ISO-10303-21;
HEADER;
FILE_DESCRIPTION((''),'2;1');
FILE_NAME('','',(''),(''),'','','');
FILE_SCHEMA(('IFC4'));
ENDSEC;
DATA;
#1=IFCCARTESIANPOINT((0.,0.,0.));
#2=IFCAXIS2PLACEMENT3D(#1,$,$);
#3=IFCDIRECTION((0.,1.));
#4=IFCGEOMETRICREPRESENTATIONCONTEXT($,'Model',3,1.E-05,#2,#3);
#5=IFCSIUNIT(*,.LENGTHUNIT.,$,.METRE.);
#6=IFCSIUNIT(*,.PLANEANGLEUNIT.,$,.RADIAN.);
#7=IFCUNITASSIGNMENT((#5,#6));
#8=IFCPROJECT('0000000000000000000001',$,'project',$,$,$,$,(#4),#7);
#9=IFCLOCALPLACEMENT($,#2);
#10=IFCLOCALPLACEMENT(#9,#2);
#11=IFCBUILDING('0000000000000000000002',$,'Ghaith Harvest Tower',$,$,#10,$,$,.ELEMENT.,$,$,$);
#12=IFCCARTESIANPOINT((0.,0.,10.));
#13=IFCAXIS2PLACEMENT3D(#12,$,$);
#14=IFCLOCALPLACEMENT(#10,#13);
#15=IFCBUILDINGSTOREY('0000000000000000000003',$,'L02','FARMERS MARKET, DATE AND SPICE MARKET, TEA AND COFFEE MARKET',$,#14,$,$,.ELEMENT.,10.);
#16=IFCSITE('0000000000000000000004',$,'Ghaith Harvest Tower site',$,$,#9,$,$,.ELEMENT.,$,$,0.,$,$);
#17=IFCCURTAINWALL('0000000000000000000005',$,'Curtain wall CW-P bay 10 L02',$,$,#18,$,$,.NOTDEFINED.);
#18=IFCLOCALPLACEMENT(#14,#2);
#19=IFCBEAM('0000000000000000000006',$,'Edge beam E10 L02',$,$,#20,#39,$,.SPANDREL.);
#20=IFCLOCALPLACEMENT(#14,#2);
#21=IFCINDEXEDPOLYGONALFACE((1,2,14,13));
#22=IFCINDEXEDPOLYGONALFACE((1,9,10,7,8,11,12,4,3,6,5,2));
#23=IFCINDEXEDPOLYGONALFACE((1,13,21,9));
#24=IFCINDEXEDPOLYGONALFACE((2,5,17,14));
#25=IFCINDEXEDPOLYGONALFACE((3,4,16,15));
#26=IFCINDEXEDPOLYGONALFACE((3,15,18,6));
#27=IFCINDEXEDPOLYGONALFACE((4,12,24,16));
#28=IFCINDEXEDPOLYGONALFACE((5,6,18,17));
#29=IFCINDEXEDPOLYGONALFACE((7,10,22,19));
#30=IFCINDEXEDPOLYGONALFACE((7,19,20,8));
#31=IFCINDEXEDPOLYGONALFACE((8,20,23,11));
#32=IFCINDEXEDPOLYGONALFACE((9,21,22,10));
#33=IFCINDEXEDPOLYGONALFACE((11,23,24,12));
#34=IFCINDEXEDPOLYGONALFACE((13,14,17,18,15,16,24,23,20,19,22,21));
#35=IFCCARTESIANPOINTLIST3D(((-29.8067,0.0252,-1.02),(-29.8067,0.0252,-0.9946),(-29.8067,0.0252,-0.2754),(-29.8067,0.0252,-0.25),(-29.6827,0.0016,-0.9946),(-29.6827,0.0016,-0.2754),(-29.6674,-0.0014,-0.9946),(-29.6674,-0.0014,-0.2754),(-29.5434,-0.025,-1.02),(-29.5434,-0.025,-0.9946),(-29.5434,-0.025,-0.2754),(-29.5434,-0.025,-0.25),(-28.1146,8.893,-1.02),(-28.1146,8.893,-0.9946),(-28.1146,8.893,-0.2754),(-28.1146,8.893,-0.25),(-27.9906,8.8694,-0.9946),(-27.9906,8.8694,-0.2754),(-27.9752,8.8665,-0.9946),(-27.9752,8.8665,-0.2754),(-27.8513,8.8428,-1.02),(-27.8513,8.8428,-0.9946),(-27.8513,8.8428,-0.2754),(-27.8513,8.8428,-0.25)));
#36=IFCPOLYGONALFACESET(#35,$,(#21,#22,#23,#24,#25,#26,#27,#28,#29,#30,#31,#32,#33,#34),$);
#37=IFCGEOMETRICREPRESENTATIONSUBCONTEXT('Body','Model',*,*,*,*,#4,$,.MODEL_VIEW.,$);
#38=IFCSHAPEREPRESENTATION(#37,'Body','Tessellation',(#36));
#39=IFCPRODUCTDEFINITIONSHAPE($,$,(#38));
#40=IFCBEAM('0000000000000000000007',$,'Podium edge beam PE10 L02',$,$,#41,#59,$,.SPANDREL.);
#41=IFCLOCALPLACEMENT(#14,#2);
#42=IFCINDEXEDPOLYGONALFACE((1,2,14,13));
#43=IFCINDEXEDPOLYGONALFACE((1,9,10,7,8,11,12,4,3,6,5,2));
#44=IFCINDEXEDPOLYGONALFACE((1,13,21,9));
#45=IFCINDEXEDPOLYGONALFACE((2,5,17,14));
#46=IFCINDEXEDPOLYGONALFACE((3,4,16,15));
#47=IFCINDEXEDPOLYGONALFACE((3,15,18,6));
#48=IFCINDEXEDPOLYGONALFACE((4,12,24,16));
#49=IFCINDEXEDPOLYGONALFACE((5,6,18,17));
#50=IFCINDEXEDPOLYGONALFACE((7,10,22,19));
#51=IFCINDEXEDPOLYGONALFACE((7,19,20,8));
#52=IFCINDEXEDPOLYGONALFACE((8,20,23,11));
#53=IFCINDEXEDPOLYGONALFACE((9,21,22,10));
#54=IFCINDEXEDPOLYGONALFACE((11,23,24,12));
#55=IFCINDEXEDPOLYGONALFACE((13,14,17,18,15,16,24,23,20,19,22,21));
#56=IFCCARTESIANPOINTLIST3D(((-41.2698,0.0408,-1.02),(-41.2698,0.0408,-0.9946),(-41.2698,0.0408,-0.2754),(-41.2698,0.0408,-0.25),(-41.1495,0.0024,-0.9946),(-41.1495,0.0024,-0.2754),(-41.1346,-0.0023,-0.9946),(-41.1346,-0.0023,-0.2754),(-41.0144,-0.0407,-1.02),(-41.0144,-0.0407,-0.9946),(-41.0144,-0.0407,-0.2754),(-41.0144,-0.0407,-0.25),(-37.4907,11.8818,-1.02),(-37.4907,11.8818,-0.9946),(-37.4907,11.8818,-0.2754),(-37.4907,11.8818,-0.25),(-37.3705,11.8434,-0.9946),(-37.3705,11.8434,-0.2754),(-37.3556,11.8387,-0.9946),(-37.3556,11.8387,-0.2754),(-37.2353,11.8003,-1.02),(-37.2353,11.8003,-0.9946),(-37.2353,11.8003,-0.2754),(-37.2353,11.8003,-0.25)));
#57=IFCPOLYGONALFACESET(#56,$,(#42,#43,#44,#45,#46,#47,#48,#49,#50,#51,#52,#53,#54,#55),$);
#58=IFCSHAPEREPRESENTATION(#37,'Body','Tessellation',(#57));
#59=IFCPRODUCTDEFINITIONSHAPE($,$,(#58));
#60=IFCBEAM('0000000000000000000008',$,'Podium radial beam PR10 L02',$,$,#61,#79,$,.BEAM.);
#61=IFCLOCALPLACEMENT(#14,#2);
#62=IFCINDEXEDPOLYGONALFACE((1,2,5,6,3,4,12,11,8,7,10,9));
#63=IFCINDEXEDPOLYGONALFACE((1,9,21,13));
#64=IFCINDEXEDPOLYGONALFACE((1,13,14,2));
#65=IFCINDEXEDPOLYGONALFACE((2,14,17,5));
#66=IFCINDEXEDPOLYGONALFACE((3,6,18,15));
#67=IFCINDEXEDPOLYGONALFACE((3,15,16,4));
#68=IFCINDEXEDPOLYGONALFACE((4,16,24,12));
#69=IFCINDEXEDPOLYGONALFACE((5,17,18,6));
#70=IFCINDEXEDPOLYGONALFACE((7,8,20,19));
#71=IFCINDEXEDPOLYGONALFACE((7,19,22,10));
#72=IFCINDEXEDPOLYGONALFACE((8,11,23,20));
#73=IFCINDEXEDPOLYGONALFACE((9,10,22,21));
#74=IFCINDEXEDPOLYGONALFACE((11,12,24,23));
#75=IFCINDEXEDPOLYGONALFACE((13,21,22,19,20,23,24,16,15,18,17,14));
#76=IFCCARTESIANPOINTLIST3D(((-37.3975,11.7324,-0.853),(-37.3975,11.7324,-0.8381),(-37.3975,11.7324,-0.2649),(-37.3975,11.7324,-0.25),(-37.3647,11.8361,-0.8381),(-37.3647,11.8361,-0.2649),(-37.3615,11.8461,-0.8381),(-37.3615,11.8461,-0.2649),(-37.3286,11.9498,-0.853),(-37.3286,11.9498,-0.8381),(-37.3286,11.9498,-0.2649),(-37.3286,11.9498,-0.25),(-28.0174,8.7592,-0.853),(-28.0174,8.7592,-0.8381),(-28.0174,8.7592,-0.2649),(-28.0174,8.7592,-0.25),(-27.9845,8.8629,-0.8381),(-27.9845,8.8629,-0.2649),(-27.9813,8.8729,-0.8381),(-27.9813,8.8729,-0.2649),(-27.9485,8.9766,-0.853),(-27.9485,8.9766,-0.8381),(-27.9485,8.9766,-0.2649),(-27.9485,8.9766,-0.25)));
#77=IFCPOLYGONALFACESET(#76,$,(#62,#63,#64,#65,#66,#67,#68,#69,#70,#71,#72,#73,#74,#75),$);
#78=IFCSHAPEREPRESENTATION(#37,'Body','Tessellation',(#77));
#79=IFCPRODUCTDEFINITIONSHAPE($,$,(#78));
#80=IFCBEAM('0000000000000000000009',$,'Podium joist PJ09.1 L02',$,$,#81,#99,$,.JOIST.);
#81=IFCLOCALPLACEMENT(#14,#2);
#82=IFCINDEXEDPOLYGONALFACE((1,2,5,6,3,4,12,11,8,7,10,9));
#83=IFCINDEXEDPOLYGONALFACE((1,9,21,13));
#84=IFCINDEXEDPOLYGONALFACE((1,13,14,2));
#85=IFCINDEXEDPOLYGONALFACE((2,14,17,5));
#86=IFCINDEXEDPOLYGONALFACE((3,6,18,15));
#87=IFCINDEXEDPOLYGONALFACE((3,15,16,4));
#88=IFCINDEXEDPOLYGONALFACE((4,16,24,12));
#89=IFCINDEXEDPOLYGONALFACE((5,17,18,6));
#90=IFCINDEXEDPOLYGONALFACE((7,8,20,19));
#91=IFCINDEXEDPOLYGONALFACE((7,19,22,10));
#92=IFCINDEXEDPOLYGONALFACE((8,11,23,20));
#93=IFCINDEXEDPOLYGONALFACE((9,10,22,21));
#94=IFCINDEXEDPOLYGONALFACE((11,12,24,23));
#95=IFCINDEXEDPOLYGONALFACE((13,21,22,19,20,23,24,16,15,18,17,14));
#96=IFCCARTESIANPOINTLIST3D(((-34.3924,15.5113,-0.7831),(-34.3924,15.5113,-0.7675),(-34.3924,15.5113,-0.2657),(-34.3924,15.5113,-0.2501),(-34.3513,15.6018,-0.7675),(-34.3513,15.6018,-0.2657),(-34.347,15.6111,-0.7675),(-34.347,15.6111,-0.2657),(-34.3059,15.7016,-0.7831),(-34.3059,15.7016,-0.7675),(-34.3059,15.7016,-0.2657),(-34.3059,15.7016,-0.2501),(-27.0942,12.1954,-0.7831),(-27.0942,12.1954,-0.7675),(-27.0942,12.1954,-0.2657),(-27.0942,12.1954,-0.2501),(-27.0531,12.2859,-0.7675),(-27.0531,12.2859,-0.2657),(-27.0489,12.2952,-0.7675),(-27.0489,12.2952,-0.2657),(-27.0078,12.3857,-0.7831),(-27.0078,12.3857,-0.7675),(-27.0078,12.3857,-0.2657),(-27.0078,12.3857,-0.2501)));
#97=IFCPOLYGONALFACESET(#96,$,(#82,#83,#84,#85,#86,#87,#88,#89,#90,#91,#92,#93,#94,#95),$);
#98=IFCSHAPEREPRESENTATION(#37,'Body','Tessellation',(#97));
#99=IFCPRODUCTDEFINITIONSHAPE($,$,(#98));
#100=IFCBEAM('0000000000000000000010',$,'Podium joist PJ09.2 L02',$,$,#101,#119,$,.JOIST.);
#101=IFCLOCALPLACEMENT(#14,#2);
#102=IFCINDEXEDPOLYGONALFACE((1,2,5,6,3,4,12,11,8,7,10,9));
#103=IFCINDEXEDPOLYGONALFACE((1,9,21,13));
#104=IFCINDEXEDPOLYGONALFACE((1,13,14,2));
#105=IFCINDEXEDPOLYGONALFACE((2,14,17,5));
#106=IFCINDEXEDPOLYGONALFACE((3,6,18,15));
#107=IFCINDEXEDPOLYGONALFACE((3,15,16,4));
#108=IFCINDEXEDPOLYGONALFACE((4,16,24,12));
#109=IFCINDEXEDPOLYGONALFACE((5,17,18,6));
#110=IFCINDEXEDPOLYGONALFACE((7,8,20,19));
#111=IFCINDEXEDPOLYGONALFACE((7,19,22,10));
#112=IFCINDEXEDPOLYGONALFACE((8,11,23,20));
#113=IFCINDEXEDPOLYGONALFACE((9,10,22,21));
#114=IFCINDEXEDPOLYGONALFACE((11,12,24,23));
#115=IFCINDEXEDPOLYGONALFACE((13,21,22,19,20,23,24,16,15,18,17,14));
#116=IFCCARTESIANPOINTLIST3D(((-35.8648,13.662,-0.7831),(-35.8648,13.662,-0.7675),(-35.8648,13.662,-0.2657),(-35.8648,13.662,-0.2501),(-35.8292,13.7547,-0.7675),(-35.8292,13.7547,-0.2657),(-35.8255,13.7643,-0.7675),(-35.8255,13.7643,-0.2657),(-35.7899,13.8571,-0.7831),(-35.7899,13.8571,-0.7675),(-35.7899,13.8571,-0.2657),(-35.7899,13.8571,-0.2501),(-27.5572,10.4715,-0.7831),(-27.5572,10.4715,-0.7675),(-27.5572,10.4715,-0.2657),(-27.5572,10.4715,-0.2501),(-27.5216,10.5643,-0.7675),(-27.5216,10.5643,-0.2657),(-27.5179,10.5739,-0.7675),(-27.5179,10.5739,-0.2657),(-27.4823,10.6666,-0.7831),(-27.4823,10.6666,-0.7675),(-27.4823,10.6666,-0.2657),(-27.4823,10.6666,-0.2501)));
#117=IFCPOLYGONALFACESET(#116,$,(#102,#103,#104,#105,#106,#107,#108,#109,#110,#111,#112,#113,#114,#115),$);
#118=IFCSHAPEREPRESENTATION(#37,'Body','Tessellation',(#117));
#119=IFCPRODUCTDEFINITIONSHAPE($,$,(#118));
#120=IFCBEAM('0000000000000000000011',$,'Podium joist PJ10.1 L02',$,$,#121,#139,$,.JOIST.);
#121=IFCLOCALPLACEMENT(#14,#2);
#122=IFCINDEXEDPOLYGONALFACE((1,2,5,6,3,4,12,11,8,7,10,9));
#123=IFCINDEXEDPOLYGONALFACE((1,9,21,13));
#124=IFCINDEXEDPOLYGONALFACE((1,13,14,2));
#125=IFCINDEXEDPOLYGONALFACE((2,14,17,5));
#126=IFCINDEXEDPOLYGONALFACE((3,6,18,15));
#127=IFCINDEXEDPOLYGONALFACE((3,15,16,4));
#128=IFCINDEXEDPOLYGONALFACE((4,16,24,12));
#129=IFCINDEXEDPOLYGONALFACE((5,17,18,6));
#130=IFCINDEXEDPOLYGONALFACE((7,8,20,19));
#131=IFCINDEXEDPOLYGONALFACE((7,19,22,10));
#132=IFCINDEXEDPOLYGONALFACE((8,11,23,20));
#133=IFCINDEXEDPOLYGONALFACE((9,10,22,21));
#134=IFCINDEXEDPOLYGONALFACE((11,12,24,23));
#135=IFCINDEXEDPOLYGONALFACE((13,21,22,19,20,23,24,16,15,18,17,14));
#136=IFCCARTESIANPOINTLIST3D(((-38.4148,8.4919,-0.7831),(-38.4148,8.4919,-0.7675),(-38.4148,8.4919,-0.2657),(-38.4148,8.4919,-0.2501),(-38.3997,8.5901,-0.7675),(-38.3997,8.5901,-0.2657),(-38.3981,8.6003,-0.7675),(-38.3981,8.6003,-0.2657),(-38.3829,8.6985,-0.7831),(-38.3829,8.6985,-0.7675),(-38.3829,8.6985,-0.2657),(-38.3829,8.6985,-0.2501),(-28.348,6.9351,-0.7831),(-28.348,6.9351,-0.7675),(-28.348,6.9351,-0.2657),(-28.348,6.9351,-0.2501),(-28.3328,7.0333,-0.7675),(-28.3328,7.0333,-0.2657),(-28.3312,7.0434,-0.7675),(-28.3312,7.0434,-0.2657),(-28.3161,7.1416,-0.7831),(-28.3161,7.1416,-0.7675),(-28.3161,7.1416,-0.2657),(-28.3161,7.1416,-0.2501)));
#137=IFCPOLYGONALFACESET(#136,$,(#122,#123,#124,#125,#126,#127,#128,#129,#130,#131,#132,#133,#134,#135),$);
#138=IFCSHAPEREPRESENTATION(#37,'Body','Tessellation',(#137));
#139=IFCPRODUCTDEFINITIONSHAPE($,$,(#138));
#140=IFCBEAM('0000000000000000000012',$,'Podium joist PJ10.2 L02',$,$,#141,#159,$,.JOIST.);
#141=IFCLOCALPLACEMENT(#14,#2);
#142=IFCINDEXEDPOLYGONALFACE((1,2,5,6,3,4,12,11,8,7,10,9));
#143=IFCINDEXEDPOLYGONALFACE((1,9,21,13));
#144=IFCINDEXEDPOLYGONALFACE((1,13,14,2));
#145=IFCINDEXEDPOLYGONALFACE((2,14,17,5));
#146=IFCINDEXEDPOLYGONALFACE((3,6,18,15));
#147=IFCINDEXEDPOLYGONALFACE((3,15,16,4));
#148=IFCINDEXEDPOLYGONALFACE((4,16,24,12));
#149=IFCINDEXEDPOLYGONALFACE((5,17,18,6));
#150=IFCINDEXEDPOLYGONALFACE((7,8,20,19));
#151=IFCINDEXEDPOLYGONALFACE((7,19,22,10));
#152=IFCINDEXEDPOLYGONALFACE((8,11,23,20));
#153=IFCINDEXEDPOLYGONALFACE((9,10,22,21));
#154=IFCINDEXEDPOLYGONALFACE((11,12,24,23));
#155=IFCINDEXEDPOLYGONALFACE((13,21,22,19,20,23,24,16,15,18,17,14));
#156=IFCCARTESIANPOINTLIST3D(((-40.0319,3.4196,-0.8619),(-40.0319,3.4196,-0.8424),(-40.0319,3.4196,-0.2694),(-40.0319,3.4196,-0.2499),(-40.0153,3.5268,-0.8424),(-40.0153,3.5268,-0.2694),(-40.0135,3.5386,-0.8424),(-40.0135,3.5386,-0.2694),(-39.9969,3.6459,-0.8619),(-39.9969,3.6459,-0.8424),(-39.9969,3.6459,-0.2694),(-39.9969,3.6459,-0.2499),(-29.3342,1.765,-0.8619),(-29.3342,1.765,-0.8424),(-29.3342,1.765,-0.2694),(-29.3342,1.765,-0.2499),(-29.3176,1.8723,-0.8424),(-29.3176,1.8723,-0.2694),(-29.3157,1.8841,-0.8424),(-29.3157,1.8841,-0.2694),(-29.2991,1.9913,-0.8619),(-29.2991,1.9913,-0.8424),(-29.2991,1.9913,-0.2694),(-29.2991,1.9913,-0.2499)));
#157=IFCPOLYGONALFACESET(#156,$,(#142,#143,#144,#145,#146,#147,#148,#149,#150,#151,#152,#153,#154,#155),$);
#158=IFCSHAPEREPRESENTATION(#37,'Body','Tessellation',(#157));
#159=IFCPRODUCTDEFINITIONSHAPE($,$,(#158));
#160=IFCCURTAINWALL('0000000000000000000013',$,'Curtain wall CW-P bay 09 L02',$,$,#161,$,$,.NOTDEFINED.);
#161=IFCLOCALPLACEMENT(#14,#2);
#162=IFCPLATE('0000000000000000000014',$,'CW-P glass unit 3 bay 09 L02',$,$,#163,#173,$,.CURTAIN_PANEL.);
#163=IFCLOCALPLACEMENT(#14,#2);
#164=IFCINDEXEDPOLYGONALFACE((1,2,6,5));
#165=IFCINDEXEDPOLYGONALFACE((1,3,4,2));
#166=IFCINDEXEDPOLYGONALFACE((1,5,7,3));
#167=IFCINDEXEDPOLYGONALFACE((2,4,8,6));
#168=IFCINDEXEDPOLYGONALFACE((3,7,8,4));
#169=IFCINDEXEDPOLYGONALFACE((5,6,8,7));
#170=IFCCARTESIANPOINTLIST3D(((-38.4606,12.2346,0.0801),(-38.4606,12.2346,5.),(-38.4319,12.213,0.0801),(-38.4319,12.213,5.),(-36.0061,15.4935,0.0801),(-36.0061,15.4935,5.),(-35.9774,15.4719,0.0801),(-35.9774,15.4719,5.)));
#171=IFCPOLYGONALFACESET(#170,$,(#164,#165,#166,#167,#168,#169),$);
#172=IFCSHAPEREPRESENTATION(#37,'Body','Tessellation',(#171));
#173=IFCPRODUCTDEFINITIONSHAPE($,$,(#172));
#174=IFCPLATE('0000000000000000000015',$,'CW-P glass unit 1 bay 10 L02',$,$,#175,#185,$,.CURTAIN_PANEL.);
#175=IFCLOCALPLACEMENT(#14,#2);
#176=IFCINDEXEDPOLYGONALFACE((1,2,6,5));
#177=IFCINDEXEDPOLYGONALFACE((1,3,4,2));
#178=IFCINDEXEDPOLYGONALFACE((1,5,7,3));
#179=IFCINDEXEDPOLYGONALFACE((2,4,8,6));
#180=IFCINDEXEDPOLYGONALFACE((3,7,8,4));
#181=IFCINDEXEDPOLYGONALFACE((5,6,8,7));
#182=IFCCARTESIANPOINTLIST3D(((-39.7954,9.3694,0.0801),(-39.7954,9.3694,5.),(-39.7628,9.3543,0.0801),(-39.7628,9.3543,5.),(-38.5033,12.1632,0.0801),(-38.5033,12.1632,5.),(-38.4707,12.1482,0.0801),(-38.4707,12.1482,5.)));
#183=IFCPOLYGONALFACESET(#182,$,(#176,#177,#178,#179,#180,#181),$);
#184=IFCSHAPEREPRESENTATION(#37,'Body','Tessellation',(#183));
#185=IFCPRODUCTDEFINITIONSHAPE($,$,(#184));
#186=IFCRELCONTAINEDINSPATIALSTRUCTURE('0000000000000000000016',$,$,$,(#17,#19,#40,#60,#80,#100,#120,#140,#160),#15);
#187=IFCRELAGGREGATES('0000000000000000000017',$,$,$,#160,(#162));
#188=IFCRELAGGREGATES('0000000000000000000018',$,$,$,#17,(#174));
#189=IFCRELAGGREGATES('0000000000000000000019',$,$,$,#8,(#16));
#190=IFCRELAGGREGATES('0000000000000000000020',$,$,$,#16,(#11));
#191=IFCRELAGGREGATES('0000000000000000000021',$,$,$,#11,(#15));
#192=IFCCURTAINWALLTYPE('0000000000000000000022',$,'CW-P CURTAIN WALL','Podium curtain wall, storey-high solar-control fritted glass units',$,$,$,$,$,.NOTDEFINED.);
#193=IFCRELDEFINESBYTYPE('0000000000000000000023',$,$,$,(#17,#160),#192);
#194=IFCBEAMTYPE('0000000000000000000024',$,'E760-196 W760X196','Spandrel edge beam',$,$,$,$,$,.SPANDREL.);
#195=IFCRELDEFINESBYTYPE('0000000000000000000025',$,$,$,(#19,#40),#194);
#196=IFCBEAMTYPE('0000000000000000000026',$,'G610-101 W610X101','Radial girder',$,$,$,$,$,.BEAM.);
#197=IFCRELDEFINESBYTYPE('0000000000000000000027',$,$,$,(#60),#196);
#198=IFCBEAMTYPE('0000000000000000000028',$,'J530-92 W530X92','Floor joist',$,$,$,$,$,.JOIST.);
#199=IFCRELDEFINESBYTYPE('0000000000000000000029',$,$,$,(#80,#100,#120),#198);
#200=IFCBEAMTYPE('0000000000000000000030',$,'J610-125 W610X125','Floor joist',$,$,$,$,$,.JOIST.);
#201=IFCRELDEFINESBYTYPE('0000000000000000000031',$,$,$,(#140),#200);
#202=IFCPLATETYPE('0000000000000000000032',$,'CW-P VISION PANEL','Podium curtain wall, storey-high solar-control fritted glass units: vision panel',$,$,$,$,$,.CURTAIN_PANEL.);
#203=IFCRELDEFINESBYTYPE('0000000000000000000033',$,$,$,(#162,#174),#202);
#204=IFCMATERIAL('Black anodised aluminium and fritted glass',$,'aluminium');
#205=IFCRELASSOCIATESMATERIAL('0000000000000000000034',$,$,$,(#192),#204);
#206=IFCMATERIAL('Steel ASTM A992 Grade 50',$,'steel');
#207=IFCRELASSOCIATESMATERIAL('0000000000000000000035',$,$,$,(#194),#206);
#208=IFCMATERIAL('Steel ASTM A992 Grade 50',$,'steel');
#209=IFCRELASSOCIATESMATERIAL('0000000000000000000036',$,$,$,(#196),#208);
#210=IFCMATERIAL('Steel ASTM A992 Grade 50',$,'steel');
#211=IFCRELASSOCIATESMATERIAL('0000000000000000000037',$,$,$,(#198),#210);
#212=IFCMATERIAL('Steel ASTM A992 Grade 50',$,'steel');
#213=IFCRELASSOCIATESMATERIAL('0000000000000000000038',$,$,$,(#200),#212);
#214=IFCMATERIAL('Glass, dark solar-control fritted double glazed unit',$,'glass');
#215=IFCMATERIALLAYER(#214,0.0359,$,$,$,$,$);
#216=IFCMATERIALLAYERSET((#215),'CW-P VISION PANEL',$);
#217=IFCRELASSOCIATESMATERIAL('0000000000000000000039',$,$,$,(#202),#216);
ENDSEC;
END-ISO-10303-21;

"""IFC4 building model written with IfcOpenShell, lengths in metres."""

from ifc_helpers import new_model, si_unit, direction, frame, origin, origin_2d, place, context, subcontext, project, spatial, rectangle, i_section, extrude, material, layer, layer_set, material_profile, profile_set, type_object, element, aggregate, save


model = new_model("IFC4")

# Units and contexts
model_context = context("Model", 3, precision=1e-05, world=origin(), true_north=direction((0.0, 1.0)))
body_context = subcontext(model_context, "Body", "Model", "MODEL_VIEW")
ifc_project = project(units=[si_unit("LENGTHUNIT", "METRE"), si_unit("PLANEANGLEUNIT", "RADIAN")], contexts=[model_context])

# Site, building, storey
site_placement = place(None, origin())
site = spatial("IfcSite", under=ifc_project, at=site_placement, Name="Ghaith Harvest Tower site", CompositionType="ELEMENT", RefElevation=0.0)
building_placement = place(site_placement, origin())
building = spatial("IfcBuilding", under=site, at=building_placement, Name="Ghaith Harvest Tower", CompositionType="ELEMENT")
storey_placement = place(building_placement, frame((0.0, 0.0, 10.0)))
storey = spatial("IfcBuildingStorey", under=building, at=storey_placement, Name="L02", Description="FARMERS MARKET, DATE AND SPICE MARKET, TEA AND COFFEE MARKET", CompositionType="ELEMENT", Elevation=10.0)

# Curtain wall
ifc_material_1 = material(Name="Black anodised aluminium and fritted glass", Category="aluminium")
curtain_wall_type = type_object("IfcCurtainWallType", Name="CW-P CURTAIN WALL", Description="Podium curtain wall, storey-high solar-control fritted glass units", PredefinedType="NOTDEFINED", material=ifc_material_1)
curtain_wall_1_placement = place(storey_placement, origin())
curtain_wall_1 = element("IfcCurtainWall", 1, at=curtain_wall_1_placement, inside=storey, type_object=curtain_wall_type, Name="Curtain wall CW-P bay 10 L02", PredefinedType="NOTDEFINED")

# Beams
ifc_material_2 = material(Name="Steel ASTM A992 Grade 50", Category="steel")
ifc_material_profile_1 = material_profile(ifc_material_2, i_section(OverallWidth=0.2681, OverallDepth=0.77, WebThickness=0.0156, FlangeThickness=0.0254, at=origin_2d()), Name="W760X196")
ifc_profile_set_1 = profile_set([ifc_material_profile_1], Name="Steel ASTM A992 Grade 50")
beam_type_1 = type_object("IfcBeamType", Name="E760-196 W760X196", Description="Spandrel edge beam", PredefinedType="SPANDREL", material=ifc_profile_set_1)
beam_1_placement = place(storey_placement, frame((-27.9829, 8.8679, -0.635), z_axis=(-0.187434, -0.982277, 0.0), x_axis=(0.982277, -0.187434, 0.0)))
element("IfcBeam", 2, at=beam_1_placement, inside=storey, type_object=beam_type_1, Name="Edge beam E10 L02", PredefinedType="SPANDREL", context=body_context, shape_type="SweptSolid", body=[
    extrude(i_section(OverallWidth=0.2681, OverallDepth=0.77, WebThickness=0.0156, FlangeThickness=0.0254, at=origin_2d()), origin(), (0.0, 0.0, 1.0), 9.0278),
])
beam_2_placement = place(storey_placement, frame((-37.363, 11.8411, -0.635), z_axis=(-0.304039, -0.952659, 0.0), x_axis=(0.952659, -0.304039, 0.0)))
element("IfcBeam", 3, at=beam_2_placement, inside=storey, type_object=beam_type_1, Name="Podium edge beam PE10 L02", PredefinedType="SPANDREL", context=body_context, shape_type="SweptSolid", body=[
    extrude(i_section(OverallWidth=0.2681, OverallDepth=0.77, WebThickness=0.0156, FlangeThickness=0.0254, at=origin_2d()), origin(), (0.0, 0.0, 1.0), 12.4294),
])
ifc_material_3 = material(Name="Steel ASTM A992 Grade 50", Category="steel")
ifc_material_profile_2 = material_profile(ifc_material_3, i_section(OverallWidth=0.228, OverallDepth=0.603, WebThickness=0.0105, FlangeThickness=0.0149, at=origin_2d()), Name="W610X101")
ifc_profile_set_2 = profile_set([ifc_material_profile_2], Name="Steel ASTM A992 Grade 50")
beam_type_2 = type_object("IfcBeamType", Name="G610-101 W610X101", Description="Radial girder", PredefinedType="BEAM", material=ifc_profile_set_2)
beam_3_placement = place(storey_placement, frame((-27.9829, 8.8679, -0.5515), z_axis=(-0.953261, 0.302148, 0.0), x_axis=(-0.302148, -0.953261, 0.0)))
element("IfcBeam", 4, at=beam_3_placement, inside=storey, type_object=beam_type_2, Name="Podium radial beam PR10 L02", PredefinedType="BEAM", context=body_context, shape_type="SweptSolid", body=[
    extrude(i_section(OverallWidth=0.228, OverallDepth=0.603, WebThickness=0.0105, FlangeThickness=0.0149, at=origin_2d()), origin(), (0.0, 0.0, 1.0), 9.8401),
])
ifc_material_4 = material(Name="Steel ASTM A992 Grade 50", Category="steel")
ifc_material_profile_3 = material_profile(ifc_material_4, i_section(OverallWidth=0.209, OverallDepth=0.533, WebThickness=0.0103, FlangeThickness=0.0156, at=origin_2d()), Name="W530X92")
ifc_profile_set_3 = profile_set([ifc_material_profile_3], Name="Steel ASTM A992 Grade 50")
beam_type_3 = type_object("IfcBeamType", Name="J530-92 W530X92", Description="Floor joist", PredefinedType="JOIST", material=ifc_profile_set_3)
beam_4_placement = place(storey_placement, frame((-27.051, 12.2905, -0.5166), z_axis=(-0.910432, 0.413658, 0.0), x_axis=(-0.413658, -0.910432, 0.0)))
element("IfcBeam", 5, at=beam_4_placement, inside=storey, type_object=beam_type_3, Name="Podium joist PJ09.1 L02", PredefinedType="JOIST", context=body_context, shape_type="SweptSolid", body=[
    extrude(i_section(OverallWidth=0.209, OverallDepth=0.533, WebThickness=0.0103, FlangeThickness=0.0156, at=origin_2d()), origin(), (0.0, 0.0, 1.0), 8.0161),
])
beam_5_placement = place(storey_placement, frame((-27.5198, 10.5691, -0.5166), z_axis=(-0.933526, 0.358508, 0.0), x_axis=(-0.358508, -0.933526, 0.0)))
element("IfcBeam", 6, at=beam_5_placement, inside=storey, type_object=beam_type_3, Name="Podium joist PJ09.2 L02", PredefinedType="JOIST", context=body_context, shape_type="SweptSolid", body=[
    extrude(i_section(OverallWidth=0.209, OverallDepth=0.533, WebThickness=0.0103, FlangeThickness=0.0156, at=origin_2d()), origin(), (0.0, 0.0, 1.0), 8.8992),
])
beam_6_placement = place(storey_placement, frame((-28.332, 7.0383, -0.5166), z_axis=(-0.988251, 0.152837, 0.0), x_axis=(-0.152837, -0.988251, 0.0)))
element("IfcBeam", 7, at=beam_6_placement, inside=storey, type_object=beam_type_3, Name="Podium joist PJ10.1 L02", PredefinedType="JOIST", context=body_context, shape_type="SweptSolid", body=[
    extrude(i_section(OverallWidth=0.209, OverallDepth=0.533, WebThickness=0.0103, FlangeThickness=0.0156, at=origin_2d()), origin(), (0.0, 0.0, 1.0), 10.1865),
])
ifc_material_5 = material(Name="Steel ASTM A992 Grade 50", Category="steel")
ifc_material_profile_4 = material_profile(ifc_material_5, i_section(OverallWidth=0.229, OverallDepth=0.6121, WebThickness=0.012, FlangeThickness=0.0195, at=origin_2d()), Name="W610X125")
ifc_profile_set_4 = profile_set([ifc_material_profile_4], Name="Steel ASTM A992 Grade 50")
beam_type_4 = type_object("IfcBeamType", Name="J610-125 W610X125", Description="Floor joist", PredefinedType="JOIST", material=ifc_profile_set_4)
beam_7_placement = place(storey_placement, frame((-29.3167, 1.8782, -0.5559), z_axis=(-0.98825, 0.152845, 0.0), x_axis=(-0.152845, -0.98825, 0.0)))
element("IfcBeam", 8, at=beam_7_placement, inside=storey, type_object=beam_type_4, Name="Podium joist PJ10.2 L02", PredefinedType="JOIST", context=body_context, shape_type="SweptSolid", body=[
    extrude(i_section(OverallWidth=0.229, OverallDepth=0.6121, WebThickness=0.012, FlangeThickness=0.0195, at=origin_2d()), origin(), (0.0, 0.0, 1.0), 10.825),
])

# Curtain wall, plate
curtain_wall_2_placement = place(storey_placement, origin())
curtain_wall_2 = element("IfcCurtainWall", 9, at=curtain_wall_2_placement, inside=storey, type_object=curtain_wall_type, Name="Curtain wall CW-P bay 09 L02", PredefinedType="NOTDEFINED")
ifc_material_6 = material(Name="Glass, dark solar-control fritted double glazed unit", Category="glass")
ifc_layer_1 = layer(ifc_material_6, 0.0359)
ifc_layer_set_1 = layer_set([ifc_layer_1], Name="CW-P VISION PANEL")
plate_type_1 = type_object("IfcPlateType", Name="CW-P VISION PANEL", Description="Podium curtain wall, storey-high solar-control fritted glass units: vision panel", PredefinedType="CURTAIN_PANEL", material=ifc_layer_set_1)
plate_1_placement = place(storey_placement, frame((-37.219, 13.8533, 0.0801), z_axis=(0.0, 0.0, 1.0), x_axis=(-0.601622, -0.798781, 0.0)))
plate_1 = element("IfcPlate", 10, at=plate_1_placement, type_object=plate_type_1, Name="CW-P glass unit 3 bay 09 L02", PredefinedType="CURTAIN_PANEL", context=body_context, shape_type="SweptSolid", body=[
    extrude(rectangle(XDim=4.0798, YDim=0.0359, at=origin_2d()), origin(), (0.0, 0.0, 1.0), 4.9199),
])
aggregate(curtain_wall_2, [plate_1])

# Plate
plate_2_placement = place(storey_placement, frame((-39.1331, 10.7588, 0.0801), z_axis=(0.0, 0.0, 1.0), x_axis=(-0.419755, -0.907637, 0.0)))
plate_2 = element("IfcPlate", 11, at=plate_2_placement, type_object=plate_type_1, Name="CW-P glass unit 1 bay 10 L02", PredefinedType="CURTAIN_PANEL", context=body_context, shape_type="SweptSolid", body=[
    extrude(rectangle(XDim=3.0781, YDim=0.0359, at=origin_2d()), origin(), (0.0, 0.0, 1.0), 4.9199),
])
aggregate(curtain_wall_1, [plate_2])

save(model, "model.ifc")
